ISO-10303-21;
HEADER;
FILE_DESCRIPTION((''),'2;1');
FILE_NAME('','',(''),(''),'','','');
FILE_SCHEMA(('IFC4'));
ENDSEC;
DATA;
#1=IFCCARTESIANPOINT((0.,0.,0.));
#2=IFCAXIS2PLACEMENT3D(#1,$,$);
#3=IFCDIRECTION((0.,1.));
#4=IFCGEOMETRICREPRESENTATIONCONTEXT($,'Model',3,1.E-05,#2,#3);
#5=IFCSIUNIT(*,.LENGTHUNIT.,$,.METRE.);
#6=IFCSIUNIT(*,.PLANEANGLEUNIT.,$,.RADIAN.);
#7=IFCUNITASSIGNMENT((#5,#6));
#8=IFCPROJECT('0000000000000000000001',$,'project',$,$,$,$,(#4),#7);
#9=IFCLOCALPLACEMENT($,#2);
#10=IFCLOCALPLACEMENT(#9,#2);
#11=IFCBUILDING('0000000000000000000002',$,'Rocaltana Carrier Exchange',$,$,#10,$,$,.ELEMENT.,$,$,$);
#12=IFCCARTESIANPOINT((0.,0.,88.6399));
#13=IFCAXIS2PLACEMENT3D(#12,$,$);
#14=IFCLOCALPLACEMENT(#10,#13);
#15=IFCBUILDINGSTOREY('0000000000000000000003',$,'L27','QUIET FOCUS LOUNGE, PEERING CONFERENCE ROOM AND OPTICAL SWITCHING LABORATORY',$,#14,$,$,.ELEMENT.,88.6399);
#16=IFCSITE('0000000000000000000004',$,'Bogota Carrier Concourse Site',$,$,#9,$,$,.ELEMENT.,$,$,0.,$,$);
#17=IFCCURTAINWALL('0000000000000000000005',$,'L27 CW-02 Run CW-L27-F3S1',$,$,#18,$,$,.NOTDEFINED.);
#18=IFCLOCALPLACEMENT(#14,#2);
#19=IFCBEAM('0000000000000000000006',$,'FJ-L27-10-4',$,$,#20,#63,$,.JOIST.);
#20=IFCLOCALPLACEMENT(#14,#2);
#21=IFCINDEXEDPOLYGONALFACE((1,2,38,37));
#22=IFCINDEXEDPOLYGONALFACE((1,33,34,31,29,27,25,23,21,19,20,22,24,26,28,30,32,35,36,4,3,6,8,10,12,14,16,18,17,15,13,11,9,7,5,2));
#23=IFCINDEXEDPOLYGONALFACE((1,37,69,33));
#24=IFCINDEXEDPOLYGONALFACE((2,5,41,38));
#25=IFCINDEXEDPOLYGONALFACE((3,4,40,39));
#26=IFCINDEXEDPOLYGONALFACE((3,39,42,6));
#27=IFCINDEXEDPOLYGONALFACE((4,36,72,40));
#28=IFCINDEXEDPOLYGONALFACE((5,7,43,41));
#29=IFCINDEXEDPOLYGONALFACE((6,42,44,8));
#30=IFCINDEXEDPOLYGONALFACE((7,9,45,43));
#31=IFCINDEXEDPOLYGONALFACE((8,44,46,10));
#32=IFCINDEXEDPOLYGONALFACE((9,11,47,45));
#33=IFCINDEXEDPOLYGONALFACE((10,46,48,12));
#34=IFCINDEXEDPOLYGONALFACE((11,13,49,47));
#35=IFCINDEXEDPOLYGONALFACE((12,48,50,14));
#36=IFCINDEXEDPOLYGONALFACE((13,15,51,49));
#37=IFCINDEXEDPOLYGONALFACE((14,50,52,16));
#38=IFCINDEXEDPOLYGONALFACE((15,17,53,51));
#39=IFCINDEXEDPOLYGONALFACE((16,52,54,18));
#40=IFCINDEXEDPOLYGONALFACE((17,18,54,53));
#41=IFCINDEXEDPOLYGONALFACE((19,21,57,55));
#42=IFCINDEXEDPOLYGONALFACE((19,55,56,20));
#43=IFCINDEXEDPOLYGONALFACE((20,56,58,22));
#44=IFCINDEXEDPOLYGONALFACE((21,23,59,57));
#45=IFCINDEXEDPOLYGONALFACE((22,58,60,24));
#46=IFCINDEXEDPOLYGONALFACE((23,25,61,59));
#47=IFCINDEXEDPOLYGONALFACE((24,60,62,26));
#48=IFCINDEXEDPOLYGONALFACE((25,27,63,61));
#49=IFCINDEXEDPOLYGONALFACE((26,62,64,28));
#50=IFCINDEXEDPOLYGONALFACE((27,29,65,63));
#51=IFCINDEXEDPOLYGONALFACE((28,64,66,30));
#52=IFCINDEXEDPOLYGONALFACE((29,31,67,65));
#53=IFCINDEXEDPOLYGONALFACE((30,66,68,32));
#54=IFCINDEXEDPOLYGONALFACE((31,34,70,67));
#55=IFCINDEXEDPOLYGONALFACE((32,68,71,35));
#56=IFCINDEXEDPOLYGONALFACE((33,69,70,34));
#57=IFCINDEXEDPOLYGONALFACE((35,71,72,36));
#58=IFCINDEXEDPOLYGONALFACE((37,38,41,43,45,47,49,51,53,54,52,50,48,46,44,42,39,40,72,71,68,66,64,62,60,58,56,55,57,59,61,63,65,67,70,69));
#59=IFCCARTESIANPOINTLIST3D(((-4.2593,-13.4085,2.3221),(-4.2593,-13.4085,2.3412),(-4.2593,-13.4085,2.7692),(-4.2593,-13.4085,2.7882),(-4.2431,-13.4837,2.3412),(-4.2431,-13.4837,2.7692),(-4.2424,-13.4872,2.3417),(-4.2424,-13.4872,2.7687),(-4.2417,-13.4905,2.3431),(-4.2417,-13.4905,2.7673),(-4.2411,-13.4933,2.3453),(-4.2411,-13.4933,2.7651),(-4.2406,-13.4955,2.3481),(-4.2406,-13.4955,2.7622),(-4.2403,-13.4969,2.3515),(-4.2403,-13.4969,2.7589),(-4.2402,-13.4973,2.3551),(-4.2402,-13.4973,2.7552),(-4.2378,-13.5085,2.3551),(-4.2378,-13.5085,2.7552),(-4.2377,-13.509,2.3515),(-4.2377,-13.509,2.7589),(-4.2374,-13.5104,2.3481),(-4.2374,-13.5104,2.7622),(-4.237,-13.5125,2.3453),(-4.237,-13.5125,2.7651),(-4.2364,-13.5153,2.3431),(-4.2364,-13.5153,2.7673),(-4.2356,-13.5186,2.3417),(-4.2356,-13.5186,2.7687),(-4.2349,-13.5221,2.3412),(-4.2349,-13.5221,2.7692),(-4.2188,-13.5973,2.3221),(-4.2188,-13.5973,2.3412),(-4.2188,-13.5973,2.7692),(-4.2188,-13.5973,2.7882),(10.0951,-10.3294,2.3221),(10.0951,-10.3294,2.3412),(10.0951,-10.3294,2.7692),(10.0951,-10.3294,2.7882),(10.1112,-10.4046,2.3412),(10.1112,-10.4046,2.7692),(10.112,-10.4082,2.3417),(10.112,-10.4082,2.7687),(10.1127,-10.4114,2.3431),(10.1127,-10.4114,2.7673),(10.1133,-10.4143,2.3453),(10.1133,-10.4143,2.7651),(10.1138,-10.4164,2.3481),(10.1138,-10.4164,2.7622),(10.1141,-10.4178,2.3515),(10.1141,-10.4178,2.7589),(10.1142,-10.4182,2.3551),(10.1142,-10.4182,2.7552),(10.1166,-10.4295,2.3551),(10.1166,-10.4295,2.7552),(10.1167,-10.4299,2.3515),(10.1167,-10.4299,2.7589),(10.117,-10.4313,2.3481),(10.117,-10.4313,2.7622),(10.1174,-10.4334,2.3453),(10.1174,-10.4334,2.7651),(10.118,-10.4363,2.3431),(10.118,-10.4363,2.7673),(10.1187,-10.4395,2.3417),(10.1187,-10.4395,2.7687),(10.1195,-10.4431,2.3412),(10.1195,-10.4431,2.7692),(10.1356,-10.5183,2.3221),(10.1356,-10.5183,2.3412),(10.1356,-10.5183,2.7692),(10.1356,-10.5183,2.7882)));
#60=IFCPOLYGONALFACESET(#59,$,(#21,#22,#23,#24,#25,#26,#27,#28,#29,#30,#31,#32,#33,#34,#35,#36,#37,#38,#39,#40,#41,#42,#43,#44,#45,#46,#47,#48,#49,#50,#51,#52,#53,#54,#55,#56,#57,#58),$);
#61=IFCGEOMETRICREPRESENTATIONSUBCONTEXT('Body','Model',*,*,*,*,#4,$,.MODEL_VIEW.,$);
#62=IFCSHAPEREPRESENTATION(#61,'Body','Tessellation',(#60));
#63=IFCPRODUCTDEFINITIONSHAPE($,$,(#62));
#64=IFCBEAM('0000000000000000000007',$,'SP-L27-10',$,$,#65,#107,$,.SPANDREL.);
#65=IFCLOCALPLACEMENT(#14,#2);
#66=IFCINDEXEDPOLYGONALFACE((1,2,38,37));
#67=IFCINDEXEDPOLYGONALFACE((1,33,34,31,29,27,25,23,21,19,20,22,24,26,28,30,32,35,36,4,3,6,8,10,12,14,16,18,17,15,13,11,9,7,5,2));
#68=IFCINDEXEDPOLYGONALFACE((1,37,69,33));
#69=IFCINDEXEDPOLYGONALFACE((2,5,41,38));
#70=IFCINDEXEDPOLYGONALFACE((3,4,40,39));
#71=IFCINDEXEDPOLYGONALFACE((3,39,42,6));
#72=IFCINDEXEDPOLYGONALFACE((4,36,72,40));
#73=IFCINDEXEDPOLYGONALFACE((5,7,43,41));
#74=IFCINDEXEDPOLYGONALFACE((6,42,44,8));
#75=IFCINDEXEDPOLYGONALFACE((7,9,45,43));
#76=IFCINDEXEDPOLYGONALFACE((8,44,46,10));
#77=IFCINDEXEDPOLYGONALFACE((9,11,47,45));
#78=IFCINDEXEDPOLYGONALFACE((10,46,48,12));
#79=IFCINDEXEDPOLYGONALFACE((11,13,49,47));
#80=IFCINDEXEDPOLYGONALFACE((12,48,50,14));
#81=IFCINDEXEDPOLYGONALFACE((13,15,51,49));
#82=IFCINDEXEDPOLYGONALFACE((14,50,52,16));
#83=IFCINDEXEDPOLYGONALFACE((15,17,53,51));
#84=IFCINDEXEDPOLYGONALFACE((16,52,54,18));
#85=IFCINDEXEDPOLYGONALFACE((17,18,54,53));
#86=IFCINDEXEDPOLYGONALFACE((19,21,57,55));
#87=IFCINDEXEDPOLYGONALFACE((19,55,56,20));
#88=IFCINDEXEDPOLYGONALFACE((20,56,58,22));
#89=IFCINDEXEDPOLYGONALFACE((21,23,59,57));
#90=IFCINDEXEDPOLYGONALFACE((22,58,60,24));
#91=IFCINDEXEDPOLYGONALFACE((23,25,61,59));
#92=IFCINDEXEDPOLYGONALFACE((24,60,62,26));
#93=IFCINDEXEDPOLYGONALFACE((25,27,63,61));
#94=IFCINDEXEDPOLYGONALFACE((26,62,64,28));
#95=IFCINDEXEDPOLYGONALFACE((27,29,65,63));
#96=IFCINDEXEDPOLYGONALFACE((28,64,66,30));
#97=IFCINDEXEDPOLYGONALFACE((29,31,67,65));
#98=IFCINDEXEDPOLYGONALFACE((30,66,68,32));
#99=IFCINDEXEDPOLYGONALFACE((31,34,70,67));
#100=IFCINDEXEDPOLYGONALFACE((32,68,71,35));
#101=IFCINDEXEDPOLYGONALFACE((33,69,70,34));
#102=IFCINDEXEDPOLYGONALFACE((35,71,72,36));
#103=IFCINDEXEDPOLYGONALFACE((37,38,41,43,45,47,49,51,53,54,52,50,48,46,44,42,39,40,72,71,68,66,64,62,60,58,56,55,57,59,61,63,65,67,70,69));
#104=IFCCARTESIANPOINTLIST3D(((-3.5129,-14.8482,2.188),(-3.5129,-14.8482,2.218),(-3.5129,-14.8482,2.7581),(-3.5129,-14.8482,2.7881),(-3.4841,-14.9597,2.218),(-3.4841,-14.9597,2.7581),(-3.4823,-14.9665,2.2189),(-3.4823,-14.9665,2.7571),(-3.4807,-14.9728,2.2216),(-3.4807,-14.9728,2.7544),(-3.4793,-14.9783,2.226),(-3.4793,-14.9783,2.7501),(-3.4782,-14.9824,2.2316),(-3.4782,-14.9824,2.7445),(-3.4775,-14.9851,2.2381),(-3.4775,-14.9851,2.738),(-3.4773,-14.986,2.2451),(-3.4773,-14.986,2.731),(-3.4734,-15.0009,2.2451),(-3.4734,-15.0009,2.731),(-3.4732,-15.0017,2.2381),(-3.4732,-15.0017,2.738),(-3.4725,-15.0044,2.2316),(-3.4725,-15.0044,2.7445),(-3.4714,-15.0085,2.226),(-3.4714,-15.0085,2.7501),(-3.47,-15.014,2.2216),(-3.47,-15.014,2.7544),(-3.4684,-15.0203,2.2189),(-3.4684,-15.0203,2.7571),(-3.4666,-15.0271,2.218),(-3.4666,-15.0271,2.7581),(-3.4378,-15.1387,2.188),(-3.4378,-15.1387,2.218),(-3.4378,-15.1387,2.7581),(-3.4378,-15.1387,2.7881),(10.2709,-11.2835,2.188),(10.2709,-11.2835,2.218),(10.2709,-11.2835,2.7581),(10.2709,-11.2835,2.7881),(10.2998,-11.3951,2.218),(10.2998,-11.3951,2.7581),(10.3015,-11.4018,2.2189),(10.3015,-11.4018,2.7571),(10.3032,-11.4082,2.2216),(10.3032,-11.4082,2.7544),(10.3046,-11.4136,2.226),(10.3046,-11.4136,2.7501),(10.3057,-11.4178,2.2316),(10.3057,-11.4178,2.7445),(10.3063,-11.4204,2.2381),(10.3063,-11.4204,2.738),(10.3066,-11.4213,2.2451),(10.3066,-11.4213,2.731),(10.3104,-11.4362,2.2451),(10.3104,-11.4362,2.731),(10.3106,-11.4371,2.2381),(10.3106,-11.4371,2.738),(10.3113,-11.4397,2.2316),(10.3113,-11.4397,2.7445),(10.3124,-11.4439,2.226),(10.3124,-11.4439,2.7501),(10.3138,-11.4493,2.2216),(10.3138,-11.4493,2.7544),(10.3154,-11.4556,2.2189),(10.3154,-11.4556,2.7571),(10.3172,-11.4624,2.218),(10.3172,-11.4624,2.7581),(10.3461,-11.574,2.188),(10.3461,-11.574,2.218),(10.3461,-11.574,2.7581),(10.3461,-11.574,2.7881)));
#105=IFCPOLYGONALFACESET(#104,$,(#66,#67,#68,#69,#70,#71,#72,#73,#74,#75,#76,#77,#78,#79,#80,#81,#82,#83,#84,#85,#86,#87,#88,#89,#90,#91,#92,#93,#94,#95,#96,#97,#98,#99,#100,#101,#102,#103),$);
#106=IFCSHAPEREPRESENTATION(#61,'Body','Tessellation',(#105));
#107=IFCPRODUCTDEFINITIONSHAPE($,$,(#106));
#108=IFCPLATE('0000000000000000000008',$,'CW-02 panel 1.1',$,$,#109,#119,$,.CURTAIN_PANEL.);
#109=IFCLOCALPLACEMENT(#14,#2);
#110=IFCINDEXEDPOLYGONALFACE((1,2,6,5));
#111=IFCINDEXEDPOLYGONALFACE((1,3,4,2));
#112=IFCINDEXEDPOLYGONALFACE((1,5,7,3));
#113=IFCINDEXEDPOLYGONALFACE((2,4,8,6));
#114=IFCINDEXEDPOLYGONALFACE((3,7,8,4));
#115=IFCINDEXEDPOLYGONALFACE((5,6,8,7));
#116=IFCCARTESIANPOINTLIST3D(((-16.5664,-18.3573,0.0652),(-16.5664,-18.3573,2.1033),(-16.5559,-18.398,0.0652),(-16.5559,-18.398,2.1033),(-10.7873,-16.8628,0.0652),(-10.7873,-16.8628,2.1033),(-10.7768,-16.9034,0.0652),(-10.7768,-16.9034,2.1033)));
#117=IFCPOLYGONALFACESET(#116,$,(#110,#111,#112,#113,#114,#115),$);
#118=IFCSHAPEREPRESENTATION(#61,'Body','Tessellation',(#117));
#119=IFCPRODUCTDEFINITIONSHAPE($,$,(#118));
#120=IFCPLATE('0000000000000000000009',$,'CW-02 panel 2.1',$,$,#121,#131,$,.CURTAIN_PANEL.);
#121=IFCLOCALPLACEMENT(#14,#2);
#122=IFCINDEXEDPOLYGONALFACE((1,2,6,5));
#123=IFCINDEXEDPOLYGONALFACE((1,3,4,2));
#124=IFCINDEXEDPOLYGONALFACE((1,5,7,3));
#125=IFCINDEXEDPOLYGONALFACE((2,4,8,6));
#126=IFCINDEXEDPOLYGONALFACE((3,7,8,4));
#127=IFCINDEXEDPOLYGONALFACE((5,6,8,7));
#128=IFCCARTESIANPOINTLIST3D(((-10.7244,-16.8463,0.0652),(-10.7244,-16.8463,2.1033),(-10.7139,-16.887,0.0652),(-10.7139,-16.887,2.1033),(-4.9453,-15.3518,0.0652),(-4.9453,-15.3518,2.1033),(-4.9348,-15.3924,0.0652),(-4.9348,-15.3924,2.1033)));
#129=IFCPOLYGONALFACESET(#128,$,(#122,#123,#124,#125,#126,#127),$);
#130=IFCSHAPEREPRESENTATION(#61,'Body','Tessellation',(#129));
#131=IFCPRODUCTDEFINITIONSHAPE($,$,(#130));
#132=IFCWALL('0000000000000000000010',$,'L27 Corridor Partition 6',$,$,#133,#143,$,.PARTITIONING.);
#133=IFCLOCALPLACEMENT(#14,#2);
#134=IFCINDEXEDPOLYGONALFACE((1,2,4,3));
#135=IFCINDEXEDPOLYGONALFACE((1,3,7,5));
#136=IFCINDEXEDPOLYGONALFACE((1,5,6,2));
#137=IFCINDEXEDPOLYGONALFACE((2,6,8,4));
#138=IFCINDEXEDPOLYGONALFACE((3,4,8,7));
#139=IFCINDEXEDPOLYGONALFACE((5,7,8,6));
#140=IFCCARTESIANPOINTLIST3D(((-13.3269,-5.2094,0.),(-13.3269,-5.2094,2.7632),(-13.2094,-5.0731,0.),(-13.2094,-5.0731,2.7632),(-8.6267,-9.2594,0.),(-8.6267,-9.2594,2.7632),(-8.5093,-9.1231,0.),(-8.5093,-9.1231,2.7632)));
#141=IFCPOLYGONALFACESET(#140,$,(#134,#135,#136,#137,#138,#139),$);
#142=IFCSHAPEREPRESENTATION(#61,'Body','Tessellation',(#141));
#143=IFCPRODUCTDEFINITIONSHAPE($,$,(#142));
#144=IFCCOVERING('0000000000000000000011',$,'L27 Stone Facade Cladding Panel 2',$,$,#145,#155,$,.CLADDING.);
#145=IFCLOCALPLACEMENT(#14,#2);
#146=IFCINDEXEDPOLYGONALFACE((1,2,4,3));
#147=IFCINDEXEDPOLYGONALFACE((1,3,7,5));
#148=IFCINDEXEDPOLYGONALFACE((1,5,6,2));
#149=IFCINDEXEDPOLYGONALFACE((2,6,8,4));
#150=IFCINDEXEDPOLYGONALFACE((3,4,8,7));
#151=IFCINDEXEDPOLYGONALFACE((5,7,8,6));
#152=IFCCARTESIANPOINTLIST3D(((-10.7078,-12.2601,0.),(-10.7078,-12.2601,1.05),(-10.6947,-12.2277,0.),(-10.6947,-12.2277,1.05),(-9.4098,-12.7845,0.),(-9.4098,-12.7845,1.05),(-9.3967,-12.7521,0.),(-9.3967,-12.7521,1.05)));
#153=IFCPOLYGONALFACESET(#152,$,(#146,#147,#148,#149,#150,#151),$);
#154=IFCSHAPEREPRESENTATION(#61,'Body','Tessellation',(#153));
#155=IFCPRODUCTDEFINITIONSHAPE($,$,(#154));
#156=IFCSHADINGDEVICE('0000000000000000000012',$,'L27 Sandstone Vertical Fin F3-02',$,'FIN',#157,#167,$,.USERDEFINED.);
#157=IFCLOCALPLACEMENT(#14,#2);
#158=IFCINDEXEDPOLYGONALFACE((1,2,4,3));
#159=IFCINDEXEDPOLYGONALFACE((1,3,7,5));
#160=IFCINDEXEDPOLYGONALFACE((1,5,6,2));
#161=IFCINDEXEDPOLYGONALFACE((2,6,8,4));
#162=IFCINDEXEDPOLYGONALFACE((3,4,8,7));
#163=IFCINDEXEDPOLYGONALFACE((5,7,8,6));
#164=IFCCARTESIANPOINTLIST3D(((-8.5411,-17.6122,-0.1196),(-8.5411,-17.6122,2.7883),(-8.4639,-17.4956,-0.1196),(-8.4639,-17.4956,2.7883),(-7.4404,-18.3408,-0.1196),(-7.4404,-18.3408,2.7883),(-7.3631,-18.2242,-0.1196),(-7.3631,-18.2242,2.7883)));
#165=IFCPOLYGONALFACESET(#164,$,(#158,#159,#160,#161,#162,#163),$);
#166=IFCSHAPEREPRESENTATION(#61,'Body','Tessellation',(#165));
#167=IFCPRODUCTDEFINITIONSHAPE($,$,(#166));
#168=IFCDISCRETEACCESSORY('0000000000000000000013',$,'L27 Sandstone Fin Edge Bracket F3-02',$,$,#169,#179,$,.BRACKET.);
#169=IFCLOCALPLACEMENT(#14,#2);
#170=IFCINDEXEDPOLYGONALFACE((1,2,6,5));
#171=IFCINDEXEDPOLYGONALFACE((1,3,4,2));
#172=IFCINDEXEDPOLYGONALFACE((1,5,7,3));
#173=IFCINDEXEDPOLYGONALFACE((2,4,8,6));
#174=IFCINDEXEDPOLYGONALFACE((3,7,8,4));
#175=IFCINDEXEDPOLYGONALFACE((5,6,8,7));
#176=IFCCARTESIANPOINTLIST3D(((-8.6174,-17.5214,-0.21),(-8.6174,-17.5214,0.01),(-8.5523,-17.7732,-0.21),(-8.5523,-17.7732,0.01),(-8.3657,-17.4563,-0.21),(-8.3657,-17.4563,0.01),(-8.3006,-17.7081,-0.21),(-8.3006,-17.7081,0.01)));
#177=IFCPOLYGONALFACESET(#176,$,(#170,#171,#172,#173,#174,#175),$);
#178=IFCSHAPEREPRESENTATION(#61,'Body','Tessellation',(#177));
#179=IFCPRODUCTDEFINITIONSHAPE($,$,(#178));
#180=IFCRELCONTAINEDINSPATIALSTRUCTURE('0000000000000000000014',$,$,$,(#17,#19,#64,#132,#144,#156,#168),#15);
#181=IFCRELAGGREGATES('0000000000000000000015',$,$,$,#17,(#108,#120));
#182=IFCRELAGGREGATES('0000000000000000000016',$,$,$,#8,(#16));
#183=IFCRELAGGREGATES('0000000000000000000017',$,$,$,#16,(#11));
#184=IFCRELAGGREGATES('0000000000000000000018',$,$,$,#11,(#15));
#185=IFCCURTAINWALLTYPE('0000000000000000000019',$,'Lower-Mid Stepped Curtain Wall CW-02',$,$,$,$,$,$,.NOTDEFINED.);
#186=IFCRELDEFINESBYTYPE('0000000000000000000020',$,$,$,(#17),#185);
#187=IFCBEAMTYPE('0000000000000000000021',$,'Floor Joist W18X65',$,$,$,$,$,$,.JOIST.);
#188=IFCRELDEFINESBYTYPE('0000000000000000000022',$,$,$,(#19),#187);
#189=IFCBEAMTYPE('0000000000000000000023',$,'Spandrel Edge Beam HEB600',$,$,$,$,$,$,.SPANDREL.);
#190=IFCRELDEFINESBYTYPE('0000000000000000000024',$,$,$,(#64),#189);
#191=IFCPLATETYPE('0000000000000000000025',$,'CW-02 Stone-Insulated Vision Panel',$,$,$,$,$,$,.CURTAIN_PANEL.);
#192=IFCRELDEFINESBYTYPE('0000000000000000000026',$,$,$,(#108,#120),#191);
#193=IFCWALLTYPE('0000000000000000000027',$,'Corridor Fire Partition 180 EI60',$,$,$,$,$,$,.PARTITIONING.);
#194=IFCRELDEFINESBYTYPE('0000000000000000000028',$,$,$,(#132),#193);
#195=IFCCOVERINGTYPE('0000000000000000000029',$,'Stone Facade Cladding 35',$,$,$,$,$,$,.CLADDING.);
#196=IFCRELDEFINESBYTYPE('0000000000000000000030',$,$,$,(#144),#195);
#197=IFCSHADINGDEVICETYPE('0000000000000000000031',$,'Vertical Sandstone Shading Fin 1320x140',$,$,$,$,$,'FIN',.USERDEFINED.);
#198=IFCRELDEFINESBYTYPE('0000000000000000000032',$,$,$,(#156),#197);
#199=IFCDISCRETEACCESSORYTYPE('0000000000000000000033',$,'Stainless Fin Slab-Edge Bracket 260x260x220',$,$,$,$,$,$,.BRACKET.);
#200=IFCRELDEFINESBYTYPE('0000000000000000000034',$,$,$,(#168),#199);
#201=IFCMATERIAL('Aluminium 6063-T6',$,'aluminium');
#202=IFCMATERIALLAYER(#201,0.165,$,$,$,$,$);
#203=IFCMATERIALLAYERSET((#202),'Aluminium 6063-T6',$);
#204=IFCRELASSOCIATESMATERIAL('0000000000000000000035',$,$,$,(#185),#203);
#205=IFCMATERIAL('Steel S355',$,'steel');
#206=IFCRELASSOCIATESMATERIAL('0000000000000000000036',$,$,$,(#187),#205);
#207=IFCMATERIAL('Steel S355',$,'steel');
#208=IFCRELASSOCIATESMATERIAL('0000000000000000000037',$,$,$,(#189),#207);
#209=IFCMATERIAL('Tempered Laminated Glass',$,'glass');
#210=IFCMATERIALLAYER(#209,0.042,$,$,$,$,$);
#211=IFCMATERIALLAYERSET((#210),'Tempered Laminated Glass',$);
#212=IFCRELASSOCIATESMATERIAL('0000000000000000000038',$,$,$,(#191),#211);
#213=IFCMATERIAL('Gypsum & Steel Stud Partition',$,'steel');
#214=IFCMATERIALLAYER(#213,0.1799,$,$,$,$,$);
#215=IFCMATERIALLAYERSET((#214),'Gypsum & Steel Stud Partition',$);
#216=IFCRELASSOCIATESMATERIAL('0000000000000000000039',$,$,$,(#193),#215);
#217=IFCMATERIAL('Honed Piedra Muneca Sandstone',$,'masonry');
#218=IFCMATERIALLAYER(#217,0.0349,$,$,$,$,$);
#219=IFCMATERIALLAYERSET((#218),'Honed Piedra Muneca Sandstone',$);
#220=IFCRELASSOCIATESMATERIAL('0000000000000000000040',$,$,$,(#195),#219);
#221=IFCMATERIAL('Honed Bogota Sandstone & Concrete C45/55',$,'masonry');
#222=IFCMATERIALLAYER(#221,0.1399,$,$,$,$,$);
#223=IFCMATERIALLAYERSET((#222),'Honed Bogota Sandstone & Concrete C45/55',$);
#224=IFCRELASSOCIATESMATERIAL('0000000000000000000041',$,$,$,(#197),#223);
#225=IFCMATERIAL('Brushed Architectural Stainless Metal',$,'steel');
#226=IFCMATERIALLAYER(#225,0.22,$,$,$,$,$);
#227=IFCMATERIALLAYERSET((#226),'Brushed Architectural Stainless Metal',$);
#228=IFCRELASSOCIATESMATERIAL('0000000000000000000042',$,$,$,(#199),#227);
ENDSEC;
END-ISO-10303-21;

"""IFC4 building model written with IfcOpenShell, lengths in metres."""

from ifc_helpers import new_model, si_unit, direction, frame, frame_2d, origin, origin_2d, place, context, subcontext, project, spatial, rectangle, i_section, extrude, material, layer, layer_set, material_profile, profile_set, type_object, element, aggregate, save


model = new_model("IFC4")

# Units and contexts
model_context = context("Model", 3, precision=1e-05, world=origin(), true_north=direction((0.0, 1.0)))
body_context = subcontext(model_context, "Body", "Model", "MODEL_VIEW")
ifc_project = project(units=[si_unit("LENGTHUNIT", "METRE"), si_unit("PLANEANGLEUNIT", "RADIAN")], contexts=[model_context])

# Site, building, storey
site_placement = place(None, origin())
site = spatial("IfcSite", under=ifc_project, at=site_placement, Name="Bogota Carrier Concourse Site", CompositionType="ELEMENT", RefElevation=0.0)
building_placement = place(site_placement, origin())
building = spatial("IfcBuilding", under=site, at=building_placement, Name="Rocaltana Carrier Exchange", CompositionType="ELEMENT")
storey_placement = place(building_placement, frame((0.0, 0.0, 88.6399)))
storey = spatial("IfcBuildingStorey", under=building, at=storey_placement, Name="L27", Description="QUIET FOCUS LOUNGE, PEERING CONFERENCE ROOM AND OPTICAL SWITCHING LABORATORY", CompositionType="ELEMENT", Elevation=88.6399)

# Curtain wall
ifc_material_1 = material(Name="Aluminium 6063-T6", Category="aluminium")
ifc_layer_1 = layer(ifc_material_1, 0.165)
ifc_layer_set_1 = layer_set([ifc_layer_1], Name="Aluminium 6063-T6")
curtain_wall_type = type_object("IfcCurtainWallType", Name="Lower-Mid Stepped Curtain Wall CW-02", PredefinedType="NOTDEFINED", material=ifc_layer_set_1)
curtain_wall_1_placement = place(storey_placement, origin())
curtain_wall_1 = element("IfcCurtainWall", 1, at=curtain_wall_1_placement, inside=storey, type_object=curtain_wall_type, Name="L27 CW-02 Run CW-L27-F3S1", PredefinedType="NOTDEFINED")

# Beams
ifc_material_2 = material(Name="Steel S355", Category="steel")
ifc_material_profile_1 = material_profile(ifc_material_2, i_section(OverallWidth=0.1931, OverallDepth=0.4661, WebThickness=0.0115, FlangeThickness=0.019, FilletRadius=0.0139, at=origin_2d()), Name="W18X65")
ifc_profile_set_1 = profile_set([ifc_material_profile_1], Name="Steel S355")
beam_type_1 = type_object("IfcBeamType", Name="Floor Joist W18X65", PredefinedType="JOIST", material=ifc_profile_set_1)
beam_1_placement = place(storey_placement, frame((-4.239, -13.5029, 2.5552), z_axis=(0.977759, 0.209734, 0.0), x_axis=(-0.209734, 0.977759, 0.0)))
element("IfcBeam", 2, at=beam_1_placement, inside=storey, type_object=beam_type_1, Name="FJ-L27-10-4", PredefinedType="JOIST", context=body_context, shape_type="SweptSolid", body=[
    extrude(i_section(OverallWidth=0.1931, OverallDepth=0.4661, WebThickness=0.0115, FlangeThickness=0.019, FilletRadius=0.0139, at=origin_2d()), origin(), (0.0, 0.0, 1.0), 14.6809),
])
ifc_material_3 = material(Name="Steel S355", Category="steel")
ifc_material_profile_2 = material_profile(ifc_material_3, i_section(OverallWidth=0.3, OverallDepth=0.6001, WebThickness=0.0154, FlangeThickness=0.03, FilletRadius=0.0271, at=origin_2d()), Name="HEB600")
ifc_profile_set_2 = profile_set([ifc_material_profile_2], Name="Steel S355")
beam_type_2 = type_object("IfcBeamType", Name="Spandrel Edge Beam HEB600", PredefinedType="SPANDREL", material=ifc_profile_set_2)
beam_2_placement = place(storey_placement, frame((-3.4753, -14.9934, 2.488), z_axis=(0.968149, 0.250375, 0.0), x_axis=(-0.250375, 0.968149, 0.0)))
element("IfcBeam", 3, at=beam_2_placement, inside=storey, type_object=beam_type_2, Name="SP-L27-10", PredefinedType="SPANDREL", context=body_context, shape_type="SweptSolid", body=[
    extrude(i_section(OverallWidth=0.3, OverallDepth=0.6001, WebThickness=0.0154, FlangeThickness=0.03, FilletRadius=0.0271, at=origin_2d()), origin(), (0.0, 0.0, 1.0), 14.2373),
])

# Plates
ifc_material_4 = material(Name="Tempered Laminated Glass", Category="glass")
ifc_layer_2 = layer(ifc_material_4, 0.042)
ifc_layer_set_2 = layer_set([ifc_layer_2], Name="Tempered Laminated Glass")
plate_type = type_object("IfcPlateType", Name="CW-02 Stone-Insulated Vision Panel", PredefinedType="CURTAIN_PANEL", material=ifc_layer_set_2)
plate_1_placement = place(storey_placement, frame((-13.6716, -17.6304, 0.0652), z_axis=(0.0, 0.0, 1.0), x_axis=(0.968148, 0.250378, 0.0)))
plate_1 = element("IfcPlate", 4, at=plate_1_placement, type_object=plate_type, Name="CW-02 panel 1.1", PredefinedType="CURTAIN_PANEL", context=body_context, shape_type="SweptSolid", body=[
    extrude(rectangle(XDim=5.9692, YDim=0.042, at=origin_2d()), origin(), (0.0, 0.0, 1.0), 2.0381),
])
plate_2_placement = place(storey_placement, frame((-7.8296, -16.1194, 0.0652), z_axis=(0.0, 0.0, 1.0), x_axis=(0.968148, 0.250378, 0.0)))
plate_2 = element("IfcPlate", 5, at=plate_2_placement, type_object=plate_type, Name="CW-02 panel 2.1", PredefinedType="CURTAIN_PANEL", context=body_context, shape_type="SweptSolid", body=[
    extrude(rectangle(XDim=5.9692, YDim=0.042, at=origin_2d()), origin(), (0.0, 0.0, 1.0), 2.0381),
])
aggregate(curtain_wall_1, [plate_1, plate_2])

# Wall
ifc_material_5 = material(Name="Gypsum & Steel Stud Partition", Category="steel")
ifc_layer_3 = layer(ifc_material_5, 0.1799)
ifc_layer_set_3 = layer_set([ifc_layer_3], Name="Gypsum & Steel Stud Partition")
wall_type = type_object("IfcWallType", Name="Corridor Fire Partition 180 EI60", PredefinedType="PARTITIONING", material=ifc_layer_set_3)
wall_placement = place(storey_placement, frame((-8.5681, -9.1912, 0.0), z_axis=(0.0, 0.0, 1.0), x_axis=(-0.757557, 0.652769, 0.0)))
element("IfcWall", 6, at=wall_placement, inside=storey, type_object=wall_type, Name="L27 Corridor Partition 6", PredefinedType="PARTITIONING", context=body_context, shape_type="SweptSolid", body=[
    extrude(rectangle(XDim=6.2043, YDim=0.1799, at=frame_2d((3.1021, 0.0))), origin(), (0.0, 0.0, 1.0), 2.7632),
])

# Covering
ifc_material_6 = material(Name="Honed Piedra Muneca Sandstone", Category="masonry")
ifc_layer_4 = layer(ifc_material_6, 0.0349)
ifc_layer_set_4 = layer_set([ifc_layer_4], Name="Honed Piedra Muneca Sandstone")
covering_type = type_object("IfcCoveringType", Name="Stone Facade Cladding 35", PredefinedType="CLADDING", material=ifc_layer_set_4)
covering_placement = place(storey_placement, frame((-10.0522, -12.5061, 0.0), z_axis=(0.0, 0.0, 1.0), x_axis=(-0.927184, 0.374607, 0.0)))
element("IfcCovering", 7, at=covering_placement, inside=storey, type_object=covering_type, Name="L27 Stone Facade Cladding Panel 2", PredefinedType="CLADDING", context=body_context, shape_type="SweptSolid", body=[
    extrude(rectangle(XDim=1.3999, YDim=0.0349, at=origin_2d()), origin(), (0.0, 0.0, 1.0), 1.05),
])

# Shading device
ifc_material_7 = material(Name="Honed Bogota Sandstone & Concrete C45/55", Category="masonry")
ifc_layer_5 = layer(ifc_material_7, 0.1399)
ifc_layer_set_5 = layer_set([ifc_layer_5], Name="Honed Bogota Sandstone & Concrete C45/55")
shading_device_type = type_object("IfcShadingDeviceType", Name="Vertical Sandstone Shading Fin 1320x140", ElementType="FIN", PredefinedType="USERDEFINED", material=ifc_layer_set_5)
shading_device_placement = place(storey_placement, frame((-7.9521, -17.9182, -0.1196), z_axis=(0.0, 0.0, 1.0), x_axis=(0.833886, -0.551937, 0.0)))
element("IfcShadingDevice", 8, at=shading_device_placement, inside=storey, type_object=shading_device_type, Name="L27 Sandstone Vertical Fin F3-02", ObjectType="FIN", PredefinedType="USERDEFINED", context=body_context, shape_type="SweptSolid", body=[
    extrude(rectangle(XDim=1.3201, YDim=0.1399, at=origin_2d()), origin(), (0.0, 0.0, 1.0), 2.908),
])

# Discrete accessory
ifc_material_8 = material(Name="Brushed Architectural Stainless Metal", Category="steel")
ifc_layer_6 = layer(ifc_material_8, 0.22)
ifc_layer_set_6 = layer_set([ifc_layer_6], Name="Brushed Architectural Stainless Metal")
discrete_accessory_type = type_object("IfcDiscreteAccessoryType", Name="Stainless Fin Slab-Edge Bracket 260x260x220", PredefinedType="BRACKET", material=ifc_layer_set_6)
discrete_accessory_placement = place(storey_placement, frame((-8.459, -17.6147, -0.21), z_axis=(0.0, 0.0, 1.0), x_axis=(0.968148, 0.25038, 0.0)))
element("IfcDiscreteAccessory", 9, at=discrete_accessory_placement, inside=storey, type_object=discrete_accessory_type, Name="L27 Sandstone Fin Edge Bracket F3-02", PredefinedType="BRACKET", context=body_context, shape_type="SweptSolid", body=[
    extrude(rectangle(XDim=0.26, YDim=0.26, at=origin_2d()), origin(), (0.0, 0.0, 1.0), 0.22),
])

save(model, "model.ifc")
